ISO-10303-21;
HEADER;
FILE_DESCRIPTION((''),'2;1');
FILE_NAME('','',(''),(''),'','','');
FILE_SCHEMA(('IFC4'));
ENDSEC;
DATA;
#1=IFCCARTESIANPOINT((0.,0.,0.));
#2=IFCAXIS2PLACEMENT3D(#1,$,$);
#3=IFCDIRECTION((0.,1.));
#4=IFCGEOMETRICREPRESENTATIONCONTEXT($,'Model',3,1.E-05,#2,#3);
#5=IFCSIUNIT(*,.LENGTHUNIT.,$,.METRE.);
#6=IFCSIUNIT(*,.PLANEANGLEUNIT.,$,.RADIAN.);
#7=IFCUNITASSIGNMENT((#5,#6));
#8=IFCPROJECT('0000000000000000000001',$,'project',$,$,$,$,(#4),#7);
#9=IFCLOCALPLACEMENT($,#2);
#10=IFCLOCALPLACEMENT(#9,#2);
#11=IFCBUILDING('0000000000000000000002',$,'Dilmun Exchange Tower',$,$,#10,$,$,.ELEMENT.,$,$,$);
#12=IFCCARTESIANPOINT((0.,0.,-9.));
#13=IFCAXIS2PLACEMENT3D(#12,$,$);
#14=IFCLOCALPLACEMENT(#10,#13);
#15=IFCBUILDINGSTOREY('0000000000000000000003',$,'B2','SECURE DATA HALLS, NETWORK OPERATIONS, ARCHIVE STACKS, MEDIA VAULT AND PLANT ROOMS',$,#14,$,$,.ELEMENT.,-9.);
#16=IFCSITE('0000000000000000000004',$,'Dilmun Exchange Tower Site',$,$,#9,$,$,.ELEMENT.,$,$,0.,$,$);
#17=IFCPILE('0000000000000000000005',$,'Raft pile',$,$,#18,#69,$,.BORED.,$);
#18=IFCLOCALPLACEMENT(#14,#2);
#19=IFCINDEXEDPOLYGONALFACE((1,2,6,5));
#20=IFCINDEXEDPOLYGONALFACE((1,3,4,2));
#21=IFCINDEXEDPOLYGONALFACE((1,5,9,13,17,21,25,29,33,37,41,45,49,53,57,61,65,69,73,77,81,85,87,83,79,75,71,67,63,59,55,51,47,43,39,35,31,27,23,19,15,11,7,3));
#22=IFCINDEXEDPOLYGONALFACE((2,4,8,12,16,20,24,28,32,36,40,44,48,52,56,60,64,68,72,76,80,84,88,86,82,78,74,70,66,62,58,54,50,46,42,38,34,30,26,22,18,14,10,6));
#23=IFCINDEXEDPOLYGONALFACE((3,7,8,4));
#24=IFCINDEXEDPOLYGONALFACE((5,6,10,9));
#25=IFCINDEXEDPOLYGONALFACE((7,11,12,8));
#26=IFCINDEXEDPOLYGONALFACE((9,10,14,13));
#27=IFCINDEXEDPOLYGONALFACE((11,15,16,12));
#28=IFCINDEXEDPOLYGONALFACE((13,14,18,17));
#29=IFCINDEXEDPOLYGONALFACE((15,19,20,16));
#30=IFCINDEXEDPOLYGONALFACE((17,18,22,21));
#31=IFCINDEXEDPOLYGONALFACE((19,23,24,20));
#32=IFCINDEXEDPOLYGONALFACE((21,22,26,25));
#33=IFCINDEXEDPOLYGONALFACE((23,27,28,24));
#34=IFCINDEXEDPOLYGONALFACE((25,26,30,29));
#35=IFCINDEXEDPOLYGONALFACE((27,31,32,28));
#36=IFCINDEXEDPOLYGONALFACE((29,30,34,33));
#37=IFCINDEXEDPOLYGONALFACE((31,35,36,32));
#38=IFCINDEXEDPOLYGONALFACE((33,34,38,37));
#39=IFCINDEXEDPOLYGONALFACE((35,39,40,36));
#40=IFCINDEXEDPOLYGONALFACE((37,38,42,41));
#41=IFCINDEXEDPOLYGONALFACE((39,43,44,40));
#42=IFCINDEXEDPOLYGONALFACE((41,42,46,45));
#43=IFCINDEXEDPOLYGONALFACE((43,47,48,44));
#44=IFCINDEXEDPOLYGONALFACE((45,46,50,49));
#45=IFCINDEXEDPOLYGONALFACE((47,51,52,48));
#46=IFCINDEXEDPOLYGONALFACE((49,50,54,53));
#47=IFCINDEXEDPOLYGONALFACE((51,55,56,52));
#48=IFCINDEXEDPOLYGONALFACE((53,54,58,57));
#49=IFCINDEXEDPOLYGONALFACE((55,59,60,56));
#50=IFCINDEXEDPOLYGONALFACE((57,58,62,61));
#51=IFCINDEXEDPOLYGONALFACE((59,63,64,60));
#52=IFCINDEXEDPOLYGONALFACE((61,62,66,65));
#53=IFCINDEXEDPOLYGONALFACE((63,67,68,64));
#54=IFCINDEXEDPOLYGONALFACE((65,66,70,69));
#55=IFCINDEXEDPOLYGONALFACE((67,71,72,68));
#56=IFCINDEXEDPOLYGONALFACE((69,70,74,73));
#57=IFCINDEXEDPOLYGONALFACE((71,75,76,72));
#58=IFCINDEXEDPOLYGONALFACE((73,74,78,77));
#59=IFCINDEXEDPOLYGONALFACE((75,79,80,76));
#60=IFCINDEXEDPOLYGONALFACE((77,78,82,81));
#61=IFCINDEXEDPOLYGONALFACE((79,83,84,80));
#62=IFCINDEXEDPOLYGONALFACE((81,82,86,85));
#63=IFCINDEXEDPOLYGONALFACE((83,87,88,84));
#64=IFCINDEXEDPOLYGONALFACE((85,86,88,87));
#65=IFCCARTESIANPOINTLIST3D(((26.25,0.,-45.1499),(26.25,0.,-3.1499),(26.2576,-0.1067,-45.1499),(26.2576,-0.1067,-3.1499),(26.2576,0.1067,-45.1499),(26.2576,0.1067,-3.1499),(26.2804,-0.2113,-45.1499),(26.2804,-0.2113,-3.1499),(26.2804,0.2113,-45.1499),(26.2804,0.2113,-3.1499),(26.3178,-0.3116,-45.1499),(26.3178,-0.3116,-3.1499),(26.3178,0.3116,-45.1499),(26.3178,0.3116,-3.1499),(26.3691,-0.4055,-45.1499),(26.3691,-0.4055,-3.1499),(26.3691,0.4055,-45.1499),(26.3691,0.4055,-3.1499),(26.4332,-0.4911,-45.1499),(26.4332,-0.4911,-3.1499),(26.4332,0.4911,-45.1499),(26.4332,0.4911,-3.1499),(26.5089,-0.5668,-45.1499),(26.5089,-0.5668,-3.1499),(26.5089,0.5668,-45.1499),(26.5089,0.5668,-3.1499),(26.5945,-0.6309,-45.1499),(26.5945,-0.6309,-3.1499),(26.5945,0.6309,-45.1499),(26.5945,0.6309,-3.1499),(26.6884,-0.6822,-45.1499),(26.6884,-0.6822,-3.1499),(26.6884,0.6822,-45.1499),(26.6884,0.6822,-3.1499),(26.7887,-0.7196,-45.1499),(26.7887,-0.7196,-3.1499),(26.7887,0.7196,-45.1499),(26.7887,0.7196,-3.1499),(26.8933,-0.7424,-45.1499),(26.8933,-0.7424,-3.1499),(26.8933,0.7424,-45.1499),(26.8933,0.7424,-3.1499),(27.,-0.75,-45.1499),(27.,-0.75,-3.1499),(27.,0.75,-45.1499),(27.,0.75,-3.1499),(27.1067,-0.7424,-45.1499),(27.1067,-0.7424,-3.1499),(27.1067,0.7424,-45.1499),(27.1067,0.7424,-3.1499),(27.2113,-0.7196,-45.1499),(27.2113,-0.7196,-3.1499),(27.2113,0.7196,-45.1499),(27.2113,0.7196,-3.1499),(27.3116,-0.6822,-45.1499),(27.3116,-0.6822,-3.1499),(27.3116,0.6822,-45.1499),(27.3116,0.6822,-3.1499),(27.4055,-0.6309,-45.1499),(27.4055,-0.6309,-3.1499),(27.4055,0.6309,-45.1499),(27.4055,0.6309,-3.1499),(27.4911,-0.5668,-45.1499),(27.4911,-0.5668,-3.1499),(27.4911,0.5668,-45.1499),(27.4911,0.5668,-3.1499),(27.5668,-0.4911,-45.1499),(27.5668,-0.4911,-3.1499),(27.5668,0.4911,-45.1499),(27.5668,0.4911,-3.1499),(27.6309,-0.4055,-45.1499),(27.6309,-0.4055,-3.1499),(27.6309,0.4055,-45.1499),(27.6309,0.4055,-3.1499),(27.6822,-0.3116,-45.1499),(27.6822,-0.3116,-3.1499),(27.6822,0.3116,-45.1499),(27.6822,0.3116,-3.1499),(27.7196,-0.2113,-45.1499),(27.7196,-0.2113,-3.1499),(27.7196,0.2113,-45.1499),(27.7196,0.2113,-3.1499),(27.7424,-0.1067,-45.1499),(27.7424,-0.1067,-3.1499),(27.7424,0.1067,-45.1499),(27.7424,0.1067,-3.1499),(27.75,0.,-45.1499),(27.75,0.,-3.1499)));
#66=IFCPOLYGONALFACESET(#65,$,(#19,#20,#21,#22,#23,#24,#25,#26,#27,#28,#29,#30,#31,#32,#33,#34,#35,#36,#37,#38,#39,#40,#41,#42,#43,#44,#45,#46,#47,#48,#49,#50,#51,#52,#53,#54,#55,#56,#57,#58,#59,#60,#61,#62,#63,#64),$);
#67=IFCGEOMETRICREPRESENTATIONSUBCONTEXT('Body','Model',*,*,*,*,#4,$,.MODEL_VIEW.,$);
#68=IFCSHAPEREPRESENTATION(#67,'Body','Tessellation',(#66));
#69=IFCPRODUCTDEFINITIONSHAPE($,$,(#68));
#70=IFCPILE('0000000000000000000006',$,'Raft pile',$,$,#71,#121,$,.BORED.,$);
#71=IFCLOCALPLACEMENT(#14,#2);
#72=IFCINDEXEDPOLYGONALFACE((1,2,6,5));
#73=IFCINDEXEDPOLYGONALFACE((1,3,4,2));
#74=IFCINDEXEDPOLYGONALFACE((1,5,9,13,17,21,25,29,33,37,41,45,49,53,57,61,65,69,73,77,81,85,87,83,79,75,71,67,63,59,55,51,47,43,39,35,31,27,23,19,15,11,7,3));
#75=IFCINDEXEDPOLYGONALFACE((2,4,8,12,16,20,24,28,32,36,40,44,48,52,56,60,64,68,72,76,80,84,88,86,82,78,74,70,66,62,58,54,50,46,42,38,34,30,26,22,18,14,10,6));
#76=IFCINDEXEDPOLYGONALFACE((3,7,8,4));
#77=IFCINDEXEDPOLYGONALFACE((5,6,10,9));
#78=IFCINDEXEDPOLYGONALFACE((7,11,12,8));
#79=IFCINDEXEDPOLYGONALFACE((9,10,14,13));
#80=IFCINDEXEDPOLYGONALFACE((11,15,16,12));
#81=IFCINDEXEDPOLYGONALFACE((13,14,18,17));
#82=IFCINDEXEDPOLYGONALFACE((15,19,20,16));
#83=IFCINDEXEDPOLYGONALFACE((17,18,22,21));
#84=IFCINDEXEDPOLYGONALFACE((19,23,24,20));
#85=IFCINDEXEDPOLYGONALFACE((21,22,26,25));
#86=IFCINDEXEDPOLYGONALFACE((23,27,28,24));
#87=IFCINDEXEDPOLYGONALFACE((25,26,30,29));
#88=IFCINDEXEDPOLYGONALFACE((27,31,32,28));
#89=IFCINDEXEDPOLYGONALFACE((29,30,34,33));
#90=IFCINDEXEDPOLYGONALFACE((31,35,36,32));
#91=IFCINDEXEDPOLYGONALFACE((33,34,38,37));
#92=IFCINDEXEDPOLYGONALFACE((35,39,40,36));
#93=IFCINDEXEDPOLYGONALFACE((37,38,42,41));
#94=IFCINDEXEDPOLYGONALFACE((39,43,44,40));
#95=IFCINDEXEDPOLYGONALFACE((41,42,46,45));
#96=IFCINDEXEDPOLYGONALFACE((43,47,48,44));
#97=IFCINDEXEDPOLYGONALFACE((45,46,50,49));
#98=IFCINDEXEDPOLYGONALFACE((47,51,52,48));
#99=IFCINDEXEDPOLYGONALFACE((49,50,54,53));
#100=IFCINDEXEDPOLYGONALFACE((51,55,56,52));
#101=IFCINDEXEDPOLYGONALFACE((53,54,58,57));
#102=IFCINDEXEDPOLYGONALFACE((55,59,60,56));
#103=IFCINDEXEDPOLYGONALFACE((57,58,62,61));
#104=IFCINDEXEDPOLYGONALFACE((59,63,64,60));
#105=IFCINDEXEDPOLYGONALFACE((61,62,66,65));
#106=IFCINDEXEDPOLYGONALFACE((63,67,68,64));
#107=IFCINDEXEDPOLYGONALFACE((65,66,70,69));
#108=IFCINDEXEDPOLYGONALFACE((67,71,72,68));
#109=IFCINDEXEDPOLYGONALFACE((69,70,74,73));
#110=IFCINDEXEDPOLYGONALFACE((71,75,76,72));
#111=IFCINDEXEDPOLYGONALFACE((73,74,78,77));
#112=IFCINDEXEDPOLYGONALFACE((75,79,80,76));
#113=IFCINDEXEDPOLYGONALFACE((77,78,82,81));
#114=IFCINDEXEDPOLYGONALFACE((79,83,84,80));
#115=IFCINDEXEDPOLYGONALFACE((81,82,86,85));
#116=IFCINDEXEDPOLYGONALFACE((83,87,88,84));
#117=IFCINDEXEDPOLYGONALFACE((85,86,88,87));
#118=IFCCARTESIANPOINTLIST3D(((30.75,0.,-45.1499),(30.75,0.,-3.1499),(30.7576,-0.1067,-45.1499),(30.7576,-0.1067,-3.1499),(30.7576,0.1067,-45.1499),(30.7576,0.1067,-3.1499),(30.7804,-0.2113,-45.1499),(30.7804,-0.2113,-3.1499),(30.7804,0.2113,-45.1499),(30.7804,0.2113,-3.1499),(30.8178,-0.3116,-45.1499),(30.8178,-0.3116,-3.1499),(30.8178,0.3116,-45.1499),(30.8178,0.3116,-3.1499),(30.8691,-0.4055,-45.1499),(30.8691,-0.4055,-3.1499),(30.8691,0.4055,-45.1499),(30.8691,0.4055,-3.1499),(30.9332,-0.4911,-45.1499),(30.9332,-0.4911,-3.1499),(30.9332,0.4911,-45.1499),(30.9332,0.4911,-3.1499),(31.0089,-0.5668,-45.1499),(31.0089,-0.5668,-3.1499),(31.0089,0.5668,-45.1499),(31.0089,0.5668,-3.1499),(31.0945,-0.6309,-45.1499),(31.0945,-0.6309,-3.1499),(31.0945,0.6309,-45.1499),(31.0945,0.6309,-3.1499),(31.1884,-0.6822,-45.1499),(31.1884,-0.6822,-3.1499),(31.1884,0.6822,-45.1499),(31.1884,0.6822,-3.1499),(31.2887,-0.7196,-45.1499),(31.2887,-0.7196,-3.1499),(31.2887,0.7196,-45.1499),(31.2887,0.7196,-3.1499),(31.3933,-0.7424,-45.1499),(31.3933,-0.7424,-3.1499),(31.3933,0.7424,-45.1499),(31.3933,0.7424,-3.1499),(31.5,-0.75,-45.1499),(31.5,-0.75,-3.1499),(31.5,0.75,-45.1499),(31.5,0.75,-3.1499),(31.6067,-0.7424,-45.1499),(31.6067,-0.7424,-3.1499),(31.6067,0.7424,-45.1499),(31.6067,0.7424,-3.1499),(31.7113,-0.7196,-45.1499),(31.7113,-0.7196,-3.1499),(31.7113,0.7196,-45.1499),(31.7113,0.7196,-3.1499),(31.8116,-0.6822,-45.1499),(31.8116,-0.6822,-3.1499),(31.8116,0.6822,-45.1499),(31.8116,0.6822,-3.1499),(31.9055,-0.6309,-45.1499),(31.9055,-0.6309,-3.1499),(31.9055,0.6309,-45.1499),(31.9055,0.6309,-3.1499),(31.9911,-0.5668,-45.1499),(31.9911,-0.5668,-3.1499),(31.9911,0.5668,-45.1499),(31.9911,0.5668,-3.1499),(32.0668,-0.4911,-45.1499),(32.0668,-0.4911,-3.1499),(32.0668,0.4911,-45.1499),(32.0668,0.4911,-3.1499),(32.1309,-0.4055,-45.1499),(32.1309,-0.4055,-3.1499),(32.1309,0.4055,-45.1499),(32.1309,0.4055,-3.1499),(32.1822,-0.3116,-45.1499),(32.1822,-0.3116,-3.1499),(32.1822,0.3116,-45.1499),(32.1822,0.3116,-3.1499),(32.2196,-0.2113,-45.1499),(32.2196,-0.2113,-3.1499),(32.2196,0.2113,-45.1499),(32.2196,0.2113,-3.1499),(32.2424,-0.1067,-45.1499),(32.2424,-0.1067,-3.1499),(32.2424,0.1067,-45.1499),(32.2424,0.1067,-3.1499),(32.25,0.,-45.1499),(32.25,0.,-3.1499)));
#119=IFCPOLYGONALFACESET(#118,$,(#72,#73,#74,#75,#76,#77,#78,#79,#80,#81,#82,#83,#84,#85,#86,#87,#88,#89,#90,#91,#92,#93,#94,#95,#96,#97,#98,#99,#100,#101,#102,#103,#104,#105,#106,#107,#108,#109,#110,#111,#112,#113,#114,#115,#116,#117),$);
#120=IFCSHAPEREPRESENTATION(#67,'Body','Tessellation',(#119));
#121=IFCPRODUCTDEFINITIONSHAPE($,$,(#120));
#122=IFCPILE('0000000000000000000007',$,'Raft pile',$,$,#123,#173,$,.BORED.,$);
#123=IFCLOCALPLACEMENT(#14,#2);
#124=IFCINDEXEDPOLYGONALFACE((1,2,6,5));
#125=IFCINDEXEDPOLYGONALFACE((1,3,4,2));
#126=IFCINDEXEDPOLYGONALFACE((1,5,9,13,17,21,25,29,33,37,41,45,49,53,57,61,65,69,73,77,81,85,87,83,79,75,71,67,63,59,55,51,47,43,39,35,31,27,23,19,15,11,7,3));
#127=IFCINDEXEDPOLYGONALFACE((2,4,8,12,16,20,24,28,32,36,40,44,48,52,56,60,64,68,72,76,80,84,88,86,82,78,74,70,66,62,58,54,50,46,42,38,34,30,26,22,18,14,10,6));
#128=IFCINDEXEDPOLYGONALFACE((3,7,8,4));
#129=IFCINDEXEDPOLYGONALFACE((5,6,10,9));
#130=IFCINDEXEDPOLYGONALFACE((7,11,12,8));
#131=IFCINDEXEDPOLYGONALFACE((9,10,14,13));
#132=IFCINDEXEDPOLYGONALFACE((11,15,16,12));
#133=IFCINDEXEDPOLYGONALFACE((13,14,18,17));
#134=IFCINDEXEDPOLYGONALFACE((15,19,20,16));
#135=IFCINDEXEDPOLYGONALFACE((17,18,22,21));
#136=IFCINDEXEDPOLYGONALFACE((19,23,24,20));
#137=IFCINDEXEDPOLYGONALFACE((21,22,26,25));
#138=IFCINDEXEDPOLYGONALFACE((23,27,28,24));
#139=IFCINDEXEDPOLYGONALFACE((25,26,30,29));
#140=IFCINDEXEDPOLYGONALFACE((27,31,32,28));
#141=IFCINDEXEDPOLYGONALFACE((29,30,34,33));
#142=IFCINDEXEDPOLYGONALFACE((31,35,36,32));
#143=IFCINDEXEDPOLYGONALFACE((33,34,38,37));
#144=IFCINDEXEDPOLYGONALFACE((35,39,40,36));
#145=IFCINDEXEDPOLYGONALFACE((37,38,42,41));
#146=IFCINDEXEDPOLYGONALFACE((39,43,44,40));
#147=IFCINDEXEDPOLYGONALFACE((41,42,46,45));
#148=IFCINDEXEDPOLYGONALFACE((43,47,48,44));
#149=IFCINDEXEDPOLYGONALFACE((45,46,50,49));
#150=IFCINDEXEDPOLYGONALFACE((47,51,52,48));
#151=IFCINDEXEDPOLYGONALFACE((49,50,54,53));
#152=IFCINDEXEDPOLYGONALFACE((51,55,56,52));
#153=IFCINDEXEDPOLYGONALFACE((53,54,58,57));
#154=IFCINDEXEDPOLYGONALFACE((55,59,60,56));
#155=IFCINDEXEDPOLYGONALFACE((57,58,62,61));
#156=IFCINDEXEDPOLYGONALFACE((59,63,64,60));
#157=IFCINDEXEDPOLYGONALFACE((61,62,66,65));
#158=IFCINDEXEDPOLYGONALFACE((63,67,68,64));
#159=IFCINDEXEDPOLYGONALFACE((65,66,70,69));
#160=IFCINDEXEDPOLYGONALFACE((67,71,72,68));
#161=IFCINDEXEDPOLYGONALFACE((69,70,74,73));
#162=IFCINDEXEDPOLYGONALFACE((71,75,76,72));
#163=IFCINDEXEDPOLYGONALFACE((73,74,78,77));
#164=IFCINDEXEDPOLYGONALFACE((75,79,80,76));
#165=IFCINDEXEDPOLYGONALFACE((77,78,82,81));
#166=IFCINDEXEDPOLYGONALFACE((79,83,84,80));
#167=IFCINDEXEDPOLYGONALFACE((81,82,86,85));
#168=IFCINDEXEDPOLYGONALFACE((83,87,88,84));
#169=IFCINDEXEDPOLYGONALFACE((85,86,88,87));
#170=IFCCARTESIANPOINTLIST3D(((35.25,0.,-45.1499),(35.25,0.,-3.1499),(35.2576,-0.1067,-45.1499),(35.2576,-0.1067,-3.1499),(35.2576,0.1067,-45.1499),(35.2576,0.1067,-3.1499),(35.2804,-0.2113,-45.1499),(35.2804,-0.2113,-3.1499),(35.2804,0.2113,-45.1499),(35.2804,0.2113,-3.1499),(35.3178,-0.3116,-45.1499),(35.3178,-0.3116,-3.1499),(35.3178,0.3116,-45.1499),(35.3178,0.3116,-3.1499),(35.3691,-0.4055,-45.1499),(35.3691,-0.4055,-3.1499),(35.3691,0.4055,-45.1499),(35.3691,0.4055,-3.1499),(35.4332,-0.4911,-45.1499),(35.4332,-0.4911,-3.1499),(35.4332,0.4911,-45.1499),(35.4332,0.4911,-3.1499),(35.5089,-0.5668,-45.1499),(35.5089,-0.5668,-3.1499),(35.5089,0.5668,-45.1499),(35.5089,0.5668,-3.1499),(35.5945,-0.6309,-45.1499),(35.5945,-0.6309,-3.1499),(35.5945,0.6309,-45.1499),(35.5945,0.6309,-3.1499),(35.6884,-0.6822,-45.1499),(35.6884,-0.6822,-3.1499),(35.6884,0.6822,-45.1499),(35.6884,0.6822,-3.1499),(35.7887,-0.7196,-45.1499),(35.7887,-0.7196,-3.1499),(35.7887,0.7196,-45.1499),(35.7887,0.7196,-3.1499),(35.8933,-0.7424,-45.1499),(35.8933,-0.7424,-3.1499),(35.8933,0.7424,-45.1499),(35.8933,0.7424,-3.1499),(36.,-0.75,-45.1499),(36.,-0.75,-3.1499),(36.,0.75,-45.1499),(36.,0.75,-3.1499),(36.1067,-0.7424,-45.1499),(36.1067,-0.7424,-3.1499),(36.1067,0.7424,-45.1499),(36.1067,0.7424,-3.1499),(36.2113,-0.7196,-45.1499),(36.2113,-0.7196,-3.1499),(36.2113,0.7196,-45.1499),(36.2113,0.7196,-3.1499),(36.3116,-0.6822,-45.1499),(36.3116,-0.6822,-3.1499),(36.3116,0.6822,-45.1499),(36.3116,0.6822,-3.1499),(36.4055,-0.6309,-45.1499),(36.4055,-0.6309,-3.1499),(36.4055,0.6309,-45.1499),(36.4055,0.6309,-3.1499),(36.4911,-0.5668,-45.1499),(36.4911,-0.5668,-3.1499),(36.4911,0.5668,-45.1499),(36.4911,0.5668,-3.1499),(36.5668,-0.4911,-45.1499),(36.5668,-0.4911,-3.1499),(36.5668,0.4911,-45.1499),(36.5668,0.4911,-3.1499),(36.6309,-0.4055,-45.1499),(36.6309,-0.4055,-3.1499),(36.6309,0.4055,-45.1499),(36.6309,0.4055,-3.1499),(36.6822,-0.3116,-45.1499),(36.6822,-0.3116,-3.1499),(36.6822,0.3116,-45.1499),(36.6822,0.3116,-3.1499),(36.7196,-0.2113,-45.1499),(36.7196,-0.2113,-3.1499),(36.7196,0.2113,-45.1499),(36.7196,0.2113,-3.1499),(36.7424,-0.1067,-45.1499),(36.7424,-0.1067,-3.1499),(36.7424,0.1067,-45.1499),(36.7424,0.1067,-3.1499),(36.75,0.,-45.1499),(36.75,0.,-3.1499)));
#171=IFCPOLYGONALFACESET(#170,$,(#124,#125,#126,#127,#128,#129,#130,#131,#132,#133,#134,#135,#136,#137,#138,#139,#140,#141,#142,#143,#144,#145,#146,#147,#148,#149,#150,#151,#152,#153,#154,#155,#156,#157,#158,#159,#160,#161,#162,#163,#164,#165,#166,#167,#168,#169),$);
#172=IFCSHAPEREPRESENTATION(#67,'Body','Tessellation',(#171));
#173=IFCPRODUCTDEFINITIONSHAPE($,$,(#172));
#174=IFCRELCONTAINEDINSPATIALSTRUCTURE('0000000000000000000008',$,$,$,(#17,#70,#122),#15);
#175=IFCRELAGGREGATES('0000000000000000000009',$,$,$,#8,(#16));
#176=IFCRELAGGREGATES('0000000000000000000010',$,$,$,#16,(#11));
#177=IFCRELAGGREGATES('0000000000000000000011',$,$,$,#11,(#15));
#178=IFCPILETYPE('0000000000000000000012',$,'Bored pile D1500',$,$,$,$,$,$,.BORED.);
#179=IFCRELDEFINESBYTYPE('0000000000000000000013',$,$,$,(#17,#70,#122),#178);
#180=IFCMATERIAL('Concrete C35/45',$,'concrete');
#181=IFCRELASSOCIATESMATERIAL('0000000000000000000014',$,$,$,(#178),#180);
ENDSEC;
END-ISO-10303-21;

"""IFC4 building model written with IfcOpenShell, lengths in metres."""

from ifc_helpers import new_model, si_unit, direction, frame, origin, origin_2d, place, context, subcontext, project, spatial, circle, extrude, material, material_profile, profile_set, type_object, element, save


model = new_model("IFC4")

# Units and contexts
model_context = context("Model", 3, precision=1e-05, world=origin(), true_north=direction((0.0, 1.0)))
body_context = subcontext(model_context, "Body", "Model", "MODEL_VIEW")
ifc_project = project(units=[si_unit("LENGTHUNIT", "METRE"), si_unit("PLANEANGLEUNIT", "RADIAN")], contexts=[model_context])

# Site, building, storey
site_placement = place(None, origin())
site = spatial("IfcSite", under=ifc_project, at=site_placement, Name="Dilmun Exchange Tower Site", CompositionType="ELEMENT", RefElevation=0.0)
building_placement = place(site_placement, origin())
building = spatial("IfcBuilding", under=site, at=building_placement, Name="Dilmun Exchange Tower", CompositionType="ELEMENT")
storey_placement = place(building_placement, frame((0.0, 0.0, -9.0)))
storey = spatial("IfcBuildingStorey", under=building, at=storey_placement, Name="B2", Description="SECURE DATA HALLS, NETWORK OPERATIONS, ARCHIVE STACKS, MEDIA VAULT AND PLANT ROOMS", CompositionType="ELEMENT", Elevation=-9.0)

# Piles
ifc_material_1 = material(Name="Concrete C35/45", Category="concrete")
ifc_material_profile_1 = material_profile(ifc_material_1, circle(Radius=0.75, at=origin_2d()), Name="D1500")
ifc_profile_set_1 = profile_set([ifc_material_profile_1], Name="Concrete C35/45")
pile_type = type_object("IfcPileType", Name="Bored pile D1500", PredefinedType="BORED", material=ifc_profile_set_1)
for number, where, z_axis, x_axis, name in (
    (1, (27.0, 0.0, -3.1499), (0.0, 0.0, -1.0), (1.0, 0.0, 0.0), "Raft pile"),
    (2, (31.5, 0.0, -3.1499), (0.0, 0.0, -1.0), (1.0, 0.0, 0.0), "Raft pile"),
    (3, (36.0, 0.0, -3.1499), (0.0, 0.0, -1.0), (1.0, 0.0, 0.0), "Raft pile"),
):
    element("IfcPile", number, at=place(storey_placement, frame(where, z_axis=z_axis, x_axis=x_axis)), inside=storey, type_object=pile_type, Name=name, PredefinedType="BORED", context=body_context, shape_type="SweptSolid", body=[
        extrude(circle(Radius=0.75, at=origin_2d()), origin(), (0.0, 0.0, 1.0), 42.0),
    ])

save(model, "model.ifc")
